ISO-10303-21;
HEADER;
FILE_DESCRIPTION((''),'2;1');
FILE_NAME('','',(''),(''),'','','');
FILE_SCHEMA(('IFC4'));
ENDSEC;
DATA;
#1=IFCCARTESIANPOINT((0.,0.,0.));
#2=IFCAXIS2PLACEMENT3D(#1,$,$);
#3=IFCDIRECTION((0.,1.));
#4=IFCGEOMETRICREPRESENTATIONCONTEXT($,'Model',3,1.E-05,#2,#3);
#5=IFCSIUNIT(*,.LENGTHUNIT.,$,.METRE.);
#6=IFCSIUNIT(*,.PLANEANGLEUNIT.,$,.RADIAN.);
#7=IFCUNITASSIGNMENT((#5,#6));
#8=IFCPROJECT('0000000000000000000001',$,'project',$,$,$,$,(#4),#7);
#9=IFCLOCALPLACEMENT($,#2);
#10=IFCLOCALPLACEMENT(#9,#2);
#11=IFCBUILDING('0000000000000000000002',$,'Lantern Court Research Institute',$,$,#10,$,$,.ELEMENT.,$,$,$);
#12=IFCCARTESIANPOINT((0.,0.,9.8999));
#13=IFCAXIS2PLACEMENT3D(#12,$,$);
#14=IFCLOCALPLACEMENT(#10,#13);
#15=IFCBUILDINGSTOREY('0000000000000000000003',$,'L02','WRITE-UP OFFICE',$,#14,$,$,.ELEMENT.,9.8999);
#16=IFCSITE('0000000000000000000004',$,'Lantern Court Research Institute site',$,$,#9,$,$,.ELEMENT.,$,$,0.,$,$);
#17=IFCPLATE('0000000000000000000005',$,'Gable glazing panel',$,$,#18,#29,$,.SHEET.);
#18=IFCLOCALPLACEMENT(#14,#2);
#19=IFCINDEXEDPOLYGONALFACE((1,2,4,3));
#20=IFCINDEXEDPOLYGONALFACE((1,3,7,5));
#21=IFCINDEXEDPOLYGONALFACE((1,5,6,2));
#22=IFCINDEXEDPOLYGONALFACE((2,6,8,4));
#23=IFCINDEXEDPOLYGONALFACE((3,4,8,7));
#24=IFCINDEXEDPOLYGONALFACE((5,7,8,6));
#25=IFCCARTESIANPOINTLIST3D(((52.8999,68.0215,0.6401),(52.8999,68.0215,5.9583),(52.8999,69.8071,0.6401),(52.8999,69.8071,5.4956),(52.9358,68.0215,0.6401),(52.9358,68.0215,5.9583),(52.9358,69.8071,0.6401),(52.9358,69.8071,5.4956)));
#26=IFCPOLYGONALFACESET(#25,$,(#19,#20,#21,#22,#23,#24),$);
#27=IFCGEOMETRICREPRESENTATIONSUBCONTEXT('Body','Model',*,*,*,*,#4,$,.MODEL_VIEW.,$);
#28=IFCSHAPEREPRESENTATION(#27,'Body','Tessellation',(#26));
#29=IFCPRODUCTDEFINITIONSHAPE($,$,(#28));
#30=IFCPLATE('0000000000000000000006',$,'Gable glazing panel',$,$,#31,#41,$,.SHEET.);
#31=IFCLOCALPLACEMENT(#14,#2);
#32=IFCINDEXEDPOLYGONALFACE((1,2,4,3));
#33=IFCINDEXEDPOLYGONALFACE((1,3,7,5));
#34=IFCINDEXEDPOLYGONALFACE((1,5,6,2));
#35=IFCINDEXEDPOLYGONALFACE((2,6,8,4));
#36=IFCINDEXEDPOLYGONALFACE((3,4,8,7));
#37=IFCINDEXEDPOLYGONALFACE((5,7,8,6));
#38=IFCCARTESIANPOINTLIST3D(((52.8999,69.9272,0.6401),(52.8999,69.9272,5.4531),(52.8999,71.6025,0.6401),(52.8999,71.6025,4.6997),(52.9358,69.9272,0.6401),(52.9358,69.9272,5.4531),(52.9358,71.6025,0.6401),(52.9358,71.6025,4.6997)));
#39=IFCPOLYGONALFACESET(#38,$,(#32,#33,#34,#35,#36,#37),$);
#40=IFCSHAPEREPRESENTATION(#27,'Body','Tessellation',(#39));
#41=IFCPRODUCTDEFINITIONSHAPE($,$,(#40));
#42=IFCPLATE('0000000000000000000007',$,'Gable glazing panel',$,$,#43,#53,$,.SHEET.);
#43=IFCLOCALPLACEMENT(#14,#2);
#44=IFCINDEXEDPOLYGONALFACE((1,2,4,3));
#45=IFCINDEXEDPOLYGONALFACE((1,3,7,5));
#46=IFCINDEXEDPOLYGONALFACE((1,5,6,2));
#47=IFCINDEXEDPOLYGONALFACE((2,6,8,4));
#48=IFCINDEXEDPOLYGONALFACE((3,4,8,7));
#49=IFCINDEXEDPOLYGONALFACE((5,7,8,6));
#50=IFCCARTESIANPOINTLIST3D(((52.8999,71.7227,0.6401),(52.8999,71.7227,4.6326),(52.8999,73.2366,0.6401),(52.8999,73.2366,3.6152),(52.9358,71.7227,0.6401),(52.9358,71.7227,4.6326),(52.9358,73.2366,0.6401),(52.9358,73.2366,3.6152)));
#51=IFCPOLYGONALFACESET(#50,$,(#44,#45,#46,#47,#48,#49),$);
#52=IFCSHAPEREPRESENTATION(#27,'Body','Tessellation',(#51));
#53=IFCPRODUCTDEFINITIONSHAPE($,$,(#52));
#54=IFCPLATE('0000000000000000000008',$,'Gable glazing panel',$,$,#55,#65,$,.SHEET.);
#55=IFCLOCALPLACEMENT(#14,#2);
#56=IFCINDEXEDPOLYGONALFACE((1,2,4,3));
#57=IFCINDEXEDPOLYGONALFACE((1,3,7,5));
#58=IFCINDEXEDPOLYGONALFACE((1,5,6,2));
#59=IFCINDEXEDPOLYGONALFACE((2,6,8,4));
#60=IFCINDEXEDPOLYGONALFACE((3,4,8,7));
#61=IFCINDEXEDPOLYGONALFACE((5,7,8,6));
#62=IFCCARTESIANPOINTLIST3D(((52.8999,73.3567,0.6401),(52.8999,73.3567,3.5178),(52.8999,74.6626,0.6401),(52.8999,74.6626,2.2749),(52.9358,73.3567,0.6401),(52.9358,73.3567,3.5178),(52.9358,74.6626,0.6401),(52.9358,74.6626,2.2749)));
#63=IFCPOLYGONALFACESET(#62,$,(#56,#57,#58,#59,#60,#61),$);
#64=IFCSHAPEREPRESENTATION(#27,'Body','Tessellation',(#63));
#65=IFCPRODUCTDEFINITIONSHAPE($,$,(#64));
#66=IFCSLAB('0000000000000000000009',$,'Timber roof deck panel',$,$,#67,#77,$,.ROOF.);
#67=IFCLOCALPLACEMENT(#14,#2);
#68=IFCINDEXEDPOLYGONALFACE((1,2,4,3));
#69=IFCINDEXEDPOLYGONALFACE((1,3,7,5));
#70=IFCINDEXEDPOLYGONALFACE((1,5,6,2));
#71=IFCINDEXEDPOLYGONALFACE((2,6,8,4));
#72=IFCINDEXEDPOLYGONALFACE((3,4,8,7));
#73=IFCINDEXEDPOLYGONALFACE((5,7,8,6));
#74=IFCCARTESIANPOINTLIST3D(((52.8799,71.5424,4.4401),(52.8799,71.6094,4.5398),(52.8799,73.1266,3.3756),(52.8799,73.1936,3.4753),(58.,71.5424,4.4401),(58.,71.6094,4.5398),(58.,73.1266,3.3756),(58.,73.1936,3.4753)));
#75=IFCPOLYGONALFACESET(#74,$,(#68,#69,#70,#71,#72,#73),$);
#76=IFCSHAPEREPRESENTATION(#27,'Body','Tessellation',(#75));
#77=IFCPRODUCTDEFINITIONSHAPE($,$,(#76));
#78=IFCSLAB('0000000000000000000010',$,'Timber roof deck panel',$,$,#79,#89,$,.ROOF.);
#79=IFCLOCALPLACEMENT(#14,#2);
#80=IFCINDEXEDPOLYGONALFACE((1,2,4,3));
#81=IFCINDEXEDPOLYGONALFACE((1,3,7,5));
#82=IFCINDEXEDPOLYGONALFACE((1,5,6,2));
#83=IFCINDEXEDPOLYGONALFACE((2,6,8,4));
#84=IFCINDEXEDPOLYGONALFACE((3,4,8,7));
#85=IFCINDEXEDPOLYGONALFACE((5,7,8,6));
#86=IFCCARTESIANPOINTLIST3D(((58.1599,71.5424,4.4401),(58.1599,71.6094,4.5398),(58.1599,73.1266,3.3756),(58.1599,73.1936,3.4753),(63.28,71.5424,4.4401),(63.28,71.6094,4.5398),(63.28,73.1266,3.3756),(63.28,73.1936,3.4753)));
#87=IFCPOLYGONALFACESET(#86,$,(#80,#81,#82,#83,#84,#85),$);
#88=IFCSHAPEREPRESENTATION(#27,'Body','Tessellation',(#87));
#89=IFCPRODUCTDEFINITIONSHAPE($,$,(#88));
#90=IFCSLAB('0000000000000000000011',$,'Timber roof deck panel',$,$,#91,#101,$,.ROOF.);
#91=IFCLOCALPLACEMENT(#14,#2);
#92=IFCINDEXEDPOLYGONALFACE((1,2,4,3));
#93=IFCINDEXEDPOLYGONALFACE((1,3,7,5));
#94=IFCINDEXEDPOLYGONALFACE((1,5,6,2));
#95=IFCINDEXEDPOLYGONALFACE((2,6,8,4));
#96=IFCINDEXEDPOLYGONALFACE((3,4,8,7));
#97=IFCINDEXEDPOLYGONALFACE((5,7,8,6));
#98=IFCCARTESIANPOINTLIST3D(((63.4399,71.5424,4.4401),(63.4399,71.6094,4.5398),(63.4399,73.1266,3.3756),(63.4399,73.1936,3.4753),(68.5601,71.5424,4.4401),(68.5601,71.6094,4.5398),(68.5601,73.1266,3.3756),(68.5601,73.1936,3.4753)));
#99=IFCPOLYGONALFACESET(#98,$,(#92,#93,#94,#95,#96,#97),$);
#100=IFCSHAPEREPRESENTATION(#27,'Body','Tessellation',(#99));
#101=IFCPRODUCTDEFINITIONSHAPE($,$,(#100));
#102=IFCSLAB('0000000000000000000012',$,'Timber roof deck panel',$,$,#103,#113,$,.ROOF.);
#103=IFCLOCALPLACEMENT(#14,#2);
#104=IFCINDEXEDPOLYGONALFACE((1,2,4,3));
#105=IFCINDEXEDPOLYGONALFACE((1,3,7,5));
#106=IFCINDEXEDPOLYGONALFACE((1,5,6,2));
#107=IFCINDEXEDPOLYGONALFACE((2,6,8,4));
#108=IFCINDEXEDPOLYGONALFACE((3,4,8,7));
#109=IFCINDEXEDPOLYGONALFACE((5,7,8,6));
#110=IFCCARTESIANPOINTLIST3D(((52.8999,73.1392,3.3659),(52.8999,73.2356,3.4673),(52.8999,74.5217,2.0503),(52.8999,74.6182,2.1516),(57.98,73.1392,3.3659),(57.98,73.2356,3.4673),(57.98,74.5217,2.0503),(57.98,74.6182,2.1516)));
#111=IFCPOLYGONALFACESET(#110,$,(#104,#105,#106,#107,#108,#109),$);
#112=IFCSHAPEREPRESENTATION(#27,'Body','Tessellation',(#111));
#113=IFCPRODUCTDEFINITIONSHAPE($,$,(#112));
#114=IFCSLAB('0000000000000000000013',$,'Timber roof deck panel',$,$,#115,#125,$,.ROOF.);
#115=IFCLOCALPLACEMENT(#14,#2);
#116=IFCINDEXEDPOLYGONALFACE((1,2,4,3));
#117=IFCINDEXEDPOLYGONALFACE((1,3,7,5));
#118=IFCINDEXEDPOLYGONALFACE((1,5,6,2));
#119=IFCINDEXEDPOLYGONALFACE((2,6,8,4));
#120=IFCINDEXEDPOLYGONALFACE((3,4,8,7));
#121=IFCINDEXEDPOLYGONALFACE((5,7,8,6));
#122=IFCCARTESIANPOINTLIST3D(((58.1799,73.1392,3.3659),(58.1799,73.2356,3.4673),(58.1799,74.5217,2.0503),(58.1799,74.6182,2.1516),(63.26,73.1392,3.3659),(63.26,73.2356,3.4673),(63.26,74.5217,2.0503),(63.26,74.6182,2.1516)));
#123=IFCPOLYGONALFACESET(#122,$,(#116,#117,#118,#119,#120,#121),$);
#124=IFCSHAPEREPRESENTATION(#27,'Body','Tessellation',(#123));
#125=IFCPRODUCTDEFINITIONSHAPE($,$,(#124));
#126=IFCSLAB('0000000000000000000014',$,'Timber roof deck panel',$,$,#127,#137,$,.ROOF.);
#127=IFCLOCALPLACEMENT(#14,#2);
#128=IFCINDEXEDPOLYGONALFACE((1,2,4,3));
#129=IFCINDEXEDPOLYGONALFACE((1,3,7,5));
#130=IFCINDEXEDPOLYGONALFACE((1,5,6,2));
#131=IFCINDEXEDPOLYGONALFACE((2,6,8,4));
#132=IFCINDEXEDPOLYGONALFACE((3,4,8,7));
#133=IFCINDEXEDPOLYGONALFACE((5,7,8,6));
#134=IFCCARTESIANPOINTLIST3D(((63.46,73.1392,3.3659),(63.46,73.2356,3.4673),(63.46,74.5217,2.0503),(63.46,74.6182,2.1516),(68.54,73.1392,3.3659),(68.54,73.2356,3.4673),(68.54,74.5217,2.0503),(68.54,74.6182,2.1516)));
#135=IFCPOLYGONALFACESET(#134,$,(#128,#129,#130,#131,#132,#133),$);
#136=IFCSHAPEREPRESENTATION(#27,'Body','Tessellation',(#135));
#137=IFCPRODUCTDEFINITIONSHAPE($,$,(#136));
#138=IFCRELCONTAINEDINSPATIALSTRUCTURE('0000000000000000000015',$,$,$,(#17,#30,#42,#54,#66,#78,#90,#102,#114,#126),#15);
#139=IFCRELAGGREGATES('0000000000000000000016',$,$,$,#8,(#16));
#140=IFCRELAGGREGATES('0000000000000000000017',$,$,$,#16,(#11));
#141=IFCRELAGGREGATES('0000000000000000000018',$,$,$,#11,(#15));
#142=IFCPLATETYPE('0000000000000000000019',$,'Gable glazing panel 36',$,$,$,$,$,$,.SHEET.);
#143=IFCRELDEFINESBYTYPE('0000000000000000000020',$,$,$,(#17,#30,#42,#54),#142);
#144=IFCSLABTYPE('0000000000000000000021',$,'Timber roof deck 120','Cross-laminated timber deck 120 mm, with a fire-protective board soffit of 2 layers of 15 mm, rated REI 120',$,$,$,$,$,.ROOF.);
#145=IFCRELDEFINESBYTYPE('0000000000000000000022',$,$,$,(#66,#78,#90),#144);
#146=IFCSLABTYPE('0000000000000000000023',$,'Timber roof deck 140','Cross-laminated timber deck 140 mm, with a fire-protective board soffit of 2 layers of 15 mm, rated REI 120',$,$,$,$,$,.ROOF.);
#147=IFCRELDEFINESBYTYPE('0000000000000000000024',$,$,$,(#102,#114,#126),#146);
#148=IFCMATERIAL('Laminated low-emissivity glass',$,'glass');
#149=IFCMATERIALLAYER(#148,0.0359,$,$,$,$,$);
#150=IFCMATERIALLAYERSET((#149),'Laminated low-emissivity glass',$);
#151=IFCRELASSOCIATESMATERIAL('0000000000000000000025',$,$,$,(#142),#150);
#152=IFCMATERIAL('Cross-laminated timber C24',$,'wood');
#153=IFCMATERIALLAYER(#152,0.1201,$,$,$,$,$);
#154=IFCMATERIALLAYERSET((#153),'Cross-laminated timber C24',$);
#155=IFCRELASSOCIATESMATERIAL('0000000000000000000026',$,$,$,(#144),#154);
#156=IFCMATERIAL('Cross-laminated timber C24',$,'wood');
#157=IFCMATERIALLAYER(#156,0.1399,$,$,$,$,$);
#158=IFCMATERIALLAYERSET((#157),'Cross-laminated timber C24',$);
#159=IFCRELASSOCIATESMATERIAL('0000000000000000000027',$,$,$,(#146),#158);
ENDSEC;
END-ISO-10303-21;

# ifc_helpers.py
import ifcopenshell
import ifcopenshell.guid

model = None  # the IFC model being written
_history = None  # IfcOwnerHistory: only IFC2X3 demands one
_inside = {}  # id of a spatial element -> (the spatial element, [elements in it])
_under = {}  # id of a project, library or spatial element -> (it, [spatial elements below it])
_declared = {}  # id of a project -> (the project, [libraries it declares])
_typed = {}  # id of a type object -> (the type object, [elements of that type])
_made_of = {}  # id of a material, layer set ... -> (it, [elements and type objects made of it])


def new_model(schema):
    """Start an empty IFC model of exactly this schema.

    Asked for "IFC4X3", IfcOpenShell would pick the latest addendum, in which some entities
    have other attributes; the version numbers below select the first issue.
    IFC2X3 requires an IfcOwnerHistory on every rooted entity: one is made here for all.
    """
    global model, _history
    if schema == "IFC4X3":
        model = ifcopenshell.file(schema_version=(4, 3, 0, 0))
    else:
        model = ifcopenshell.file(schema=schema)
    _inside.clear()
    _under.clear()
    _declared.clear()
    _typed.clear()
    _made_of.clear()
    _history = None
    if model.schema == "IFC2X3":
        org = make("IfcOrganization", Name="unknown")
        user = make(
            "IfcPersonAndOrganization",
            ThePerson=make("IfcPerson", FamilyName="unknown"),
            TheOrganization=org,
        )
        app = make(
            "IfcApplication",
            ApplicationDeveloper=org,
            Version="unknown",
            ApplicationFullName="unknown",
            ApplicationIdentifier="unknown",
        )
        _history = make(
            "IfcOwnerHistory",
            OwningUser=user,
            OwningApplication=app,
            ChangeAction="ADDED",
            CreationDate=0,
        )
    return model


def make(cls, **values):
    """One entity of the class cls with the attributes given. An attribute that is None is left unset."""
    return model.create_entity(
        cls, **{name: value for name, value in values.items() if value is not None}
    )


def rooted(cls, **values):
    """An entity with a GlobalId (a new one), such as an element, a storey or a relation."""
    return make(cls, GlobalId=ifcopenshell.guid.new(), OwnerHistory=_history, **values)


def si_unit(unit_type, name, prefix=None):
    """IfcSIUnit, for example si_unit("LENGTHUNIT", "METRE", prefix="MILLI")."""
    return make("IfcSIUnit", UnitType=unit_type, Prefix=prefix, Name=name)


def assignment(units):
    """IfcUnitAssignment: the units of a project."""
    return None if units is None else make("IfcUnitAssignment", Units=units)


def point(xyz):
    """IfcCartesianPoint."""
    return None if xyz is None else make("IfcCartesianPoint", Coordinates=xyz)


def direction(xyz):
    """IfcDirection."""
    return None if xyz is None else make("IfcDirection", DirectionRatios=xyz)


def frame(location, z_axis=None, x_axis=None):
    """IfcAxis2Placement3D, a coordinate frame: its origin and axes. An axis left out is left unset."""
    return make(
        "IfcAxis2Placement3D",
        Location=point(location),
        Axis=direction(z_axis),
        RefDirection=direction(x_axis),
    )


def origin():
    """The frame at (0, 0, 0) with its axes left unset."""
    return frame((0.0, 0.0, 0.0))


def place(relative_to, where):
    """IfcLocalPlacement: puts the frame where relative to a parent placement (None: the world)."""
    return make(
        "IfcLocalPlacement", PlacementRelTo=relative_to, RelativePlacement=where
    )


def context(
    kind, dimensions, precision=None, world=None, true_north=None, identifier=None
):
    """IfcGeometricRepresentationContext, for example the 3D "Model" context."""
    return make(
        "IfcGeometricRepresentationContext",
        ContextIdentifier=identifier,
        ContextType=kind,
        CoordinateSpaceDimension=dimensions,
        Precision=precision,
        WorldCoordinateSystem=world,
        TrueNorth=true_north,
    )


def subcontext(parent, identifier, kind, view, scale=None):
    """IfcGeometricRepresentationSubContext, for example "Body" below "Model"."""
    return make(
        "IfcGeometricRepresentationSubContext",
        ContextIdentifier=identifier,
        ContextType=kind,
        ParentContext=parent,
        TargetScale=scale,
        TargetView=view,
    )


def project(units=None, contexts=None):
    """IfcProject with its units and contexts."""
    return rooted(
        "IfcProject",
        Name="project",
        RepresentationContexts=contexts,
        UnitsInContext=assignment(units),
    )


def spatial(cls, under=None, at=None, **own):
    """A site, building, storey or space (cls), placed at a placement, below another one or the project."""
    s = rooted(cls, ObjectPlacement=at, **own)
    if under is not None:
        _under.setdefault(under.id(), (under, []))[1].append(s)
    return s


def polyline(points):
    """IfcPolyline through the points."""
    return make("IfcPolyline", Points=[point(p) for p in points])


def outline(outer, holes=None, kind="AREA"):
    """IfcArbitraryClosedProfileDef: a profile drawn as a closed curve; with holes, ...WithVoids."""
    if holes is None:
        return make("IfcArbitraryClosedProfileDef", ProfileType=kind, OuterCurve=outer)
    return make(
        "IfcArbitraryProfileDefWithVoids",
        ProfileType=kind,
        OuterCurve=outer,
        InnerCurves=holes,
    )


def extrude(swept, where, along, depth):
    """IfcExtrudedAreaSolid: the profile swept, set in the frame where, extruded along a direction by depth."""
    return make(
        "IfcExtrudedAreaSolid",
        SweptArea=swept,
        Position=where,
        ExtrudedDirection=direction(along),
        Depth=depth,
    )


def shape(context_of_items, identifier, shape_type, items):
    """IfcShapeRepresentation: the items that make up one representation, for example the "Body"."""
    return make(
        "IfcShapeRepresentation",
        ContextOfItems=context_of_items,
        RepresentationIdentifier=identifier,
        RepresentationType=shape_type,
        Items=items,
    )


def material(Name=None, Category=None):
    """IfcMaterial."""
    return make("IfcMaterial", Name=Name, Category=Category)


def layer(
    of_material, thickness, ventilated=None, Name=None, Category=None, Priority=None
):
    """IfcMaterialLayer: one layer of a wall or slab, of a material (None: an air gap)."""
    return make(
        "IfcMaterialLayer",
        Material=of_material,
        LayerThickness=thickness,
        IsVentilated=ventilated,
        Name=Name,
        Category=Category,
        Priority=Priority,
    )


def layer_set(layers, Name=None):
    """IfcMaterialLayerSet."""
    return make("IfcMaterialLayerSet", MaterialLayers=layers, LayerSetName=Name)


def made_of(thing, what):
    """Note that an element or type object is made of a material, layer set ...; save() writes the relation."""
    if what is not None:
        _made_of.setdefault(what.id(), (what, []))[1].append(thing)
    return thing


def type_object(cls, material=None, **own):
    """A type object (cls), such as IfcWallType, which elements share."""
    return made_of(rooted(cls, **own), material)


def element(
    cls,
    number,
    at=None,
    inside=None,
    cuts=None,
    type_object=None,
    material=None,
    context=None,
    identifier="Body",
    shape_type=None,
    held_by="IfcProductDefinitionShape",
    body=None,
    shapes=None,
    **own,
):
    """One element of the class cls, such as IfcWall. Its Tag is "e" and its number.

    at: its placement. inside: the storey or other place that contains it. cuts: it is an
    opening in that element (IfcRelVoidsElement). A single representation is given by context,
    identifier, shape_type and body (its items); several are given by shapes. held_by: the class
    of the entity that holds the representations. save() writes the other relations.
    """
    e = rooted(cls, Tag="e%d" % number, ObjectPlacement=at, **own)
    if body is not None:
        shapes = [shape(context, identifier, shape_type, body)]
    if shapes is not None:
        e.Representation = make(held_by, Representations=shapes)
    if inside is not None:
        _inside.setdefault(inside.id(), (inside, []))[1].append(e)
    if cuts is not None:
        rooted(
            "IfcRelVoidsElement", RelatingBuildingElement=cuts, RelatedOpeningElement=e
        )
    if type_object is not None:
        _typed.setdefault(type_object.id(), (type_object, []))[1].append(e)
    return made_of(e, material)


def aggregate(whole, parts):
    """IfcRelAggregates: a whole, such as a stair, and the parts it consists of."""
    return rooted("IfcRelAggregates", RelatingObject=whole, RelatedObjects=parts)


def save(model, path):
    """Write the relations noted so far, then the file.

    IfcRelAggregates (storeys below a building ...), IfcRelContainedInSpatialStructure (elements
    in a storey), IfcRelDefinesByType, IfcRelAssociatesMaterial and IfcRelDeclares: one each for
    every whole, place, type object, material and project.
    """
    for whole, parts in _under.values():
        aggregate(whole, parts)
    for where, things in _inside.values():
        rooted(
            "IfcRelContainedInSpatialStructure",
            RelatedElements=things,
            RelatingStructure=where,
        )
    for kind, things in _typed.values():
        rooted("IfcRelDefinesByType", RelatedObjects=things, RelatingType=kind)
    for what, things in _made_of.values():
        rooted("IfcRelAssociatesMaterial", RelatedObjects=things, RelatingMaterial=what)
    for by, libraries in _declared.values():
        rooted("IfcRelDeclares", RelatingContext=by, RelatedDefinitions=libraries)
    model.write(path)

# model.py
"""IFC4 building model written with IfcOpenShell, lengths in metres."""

from ifc_helpers import new_model, si_unit, direction, frame, origin, place, context, subcontext, project, spatial, polyline, outline, extrude, material, layer, layer_set, type_object, element, save


model = new_model("IFC4")

# Units and contexts
model_context = context("Model", 3, precision=1e-05, world=origin(), true_north=direction((0.0, 1.0)))
body_context = subcontext(model_context, "Body", "Model", "MODEL_VIEW")
ifc_project = project(units=[si_unit("LENGTHUNIT", "METRE"), si_unit("PLANEANGLEUNIT", "RADIAN")], contexts=[model_context])

# Site, building, storey
site_placement = place(None, origin())
site = spatial("IfcSite", under=ifc_project, at=site_placement, Name="Lantern Court Research Institute site", CompositionType="ELEMENT", RefElevation=0.0)
building_placement = place(site_placement, origin())
building = spatial("IfcBuilding", under=site, at=building_placement, Name="Lantern Court Research Institute", CompositionType="ELEMENT")
storey_placement = place(building_placement, frame((0.0, 0.0, 9.8999)))
storey = spatial("IfcBuildingStorey", under=building, at=storey_placement, Name="L02", Description="WRITE-UP OFFICE", CompositionType="ELEMENT", Elevation=9.8999)

# Plates
ifc_material_1 = material(Name="Laminated low-emissivity glass", Category="glass")
ifc_layer_1 = layer(ifc_material_1, 0.0359)
ifc_layer_set_1 = layer_set([ifc_layer_1], Name="Laminated low-emissivity glass")
plate_type = type_object("IfcPlateType", Name="Gable glazing panel 36", PredefinedType="SHEET", material=ifc_layer_set_1)
plate_1_placement = place(storey_placement, frame((52.918, 68.0215, 0.6401), z_axis=(0.0, 0.0, 1.0), x_axis=(0.0, 1.0, 0.0)))
element("IfcPlate", 1, at=plate_1_placement, inside=storey, type_object=plate_type, Name="Gable glazing panel", PredefinedType="SHEET", context=body_context, shape_type="SweptSolid", body=[
    extrude(outline(polyline([(0.0, 0.0), (1.7856, 0.0), (1.7856, 4.8555), (0.0, 5.3181), (0.0, 0.0)])), frame((0.0, 0.0181, 0.0), z_axis=(0.0, -1.0, 0.0), x_axis=(1.0, 0.0, 0.0)), (0.0, 0.0, 1.0), 0.0359),
])
plate_2_placement = place(storey_placement, frame((52.918, 69.9272, 0.6401), z_axis=(0.0, 0.0, 1.0), x_axis=(0.0, 1.0, 0.0)))
element("IfcPlate", 2, at=plate_2_placement, inside=storey, type_object=plate_type, Name="Gable glazing panel", PredefinedType="SHEET", context=body_context, shape_type="SweptSolid", body=[
    extrude(outline(polyline([(0.0, 0.0), (1.6753, 0.0), (1.6753, 4.0596), (0.0, 4.813), (0.0, 0.0)])), frame((0.0, 0.0181, 0.0), z_axis=(0.0, -1.0, 0.0), x_axis=(1.0, 0.0, 0.0)), (0.0, 0.0, 1.0), 0.0359),
])
plate_3_placement = place(storey_placement, frame((52.918, 71.7227, 0.6401), z_axis=(0.0, 0.0, 1.0), x_axis=(0.0, 1.0, 0.0)))
element("IfcPlate", 3, at=plate_3_placement, inside=storey, type_object=plate_type, Name="Gable glazing panel", PredefinedType="SHEET", context=body_context, shape_type="SweptSolid", body=[
    extrude(outline(polyline([(0.0, 0.0), (1.5139, 0.0), (1.5139, 2.9751), (0.0, 3.9924), (0.0, 0.0)])), frame((0.0, 0.0181, 0.0), z_axis=(0.0, -1.0, 0.0), x_axis=(1.0, 0.0, 0.0)), (0.0, 0.0, 1.0), 0.0359),
])
plate_4_placement = place(storey_placement, frame((52.918, 73.3567, 0.6401), z_axis=(0.0, 0.0, 1.0), x_axis=(0.0, 1.0, 0.0)))
element("IfcPlate", 4, at=plate_4_placement, inside=storey, type_object=plate_type, Name="Gable glazing panel", PredefinedType="SHEET", context=body_context, shape_type="SweptSolid", body=[
    extrude(outline(polyline([(0.0, 0.0), (1.3059, 0.0), (1.3059, 1.6348), (0.0, 2.8777), (0.0, 0.0)])), frame((0.0, 0.0181, 0.0), z_axis=(0.0, -1.0, 0.0), x_axis=(1.0, 0.0, 0.0)), (0.0, 0.0, 1.0), 0.0359),
])

# Slabs
ifc_material_2 = material(Name="Cross-laminated timber C24", Category="wood")
ifc_layer_2 = layer(ifc_material_2, 0.1201)
ifc_layer_set_2 = layer_set([ifc_layer_2], Name="Cross-laminated timber C24")
slab_type_1 = type_object("IfcSlabType", Name="Timber roof deck 120", Description="Cross-laminated timber deck 120 mm, with a fire-protective board soffit of 2 layers of 15 mm, rated REI 120", PredefinedType="ROOF", material=ifc_layer_set_2)
for number, where, z_axis, x_axis, name in (
    (5, (52.8799, 71.6094, 4.5398), (0.0, 0.557707, 0.830038), (1.0, 0.0, 0.0), "Timber roof deck panel"),
    (6, (58.1599, 71.6094, 4.5398), (0.0, 0.557707, 0.830038), (1.0, 0.0, 0.0), "Timber roof deck panel"),
    (7, (63.4399, 71.6094, 4.5398), (0.0, 0.557707, 0.830038), (1.0, 0.0, 0.0), "Timber roof deck panel"),
):
    element("IfcSlab", number, at=place(storey_placement, frame(where, z_axis=z_axis, x_axis=x_axis)), inside=storey, type_object=slab_type_1, Name=name, PredefinedType="ROOF", context=body_context, shape_type="SweptSolid", body=[
        extrude(outline(polyline([(0.0, 0.0), (5.1201, 0.0), (5.1201, 1.9086), (0.0, 1.9086), (0.0, 0.0)])), origin(), (0.0, 0.0, -1.0), 0.1201),
    ])
ifc_material_3 = material(Name="Cross-laminated timber C24", Category="wood")
ifc_layer_3 = layer(ifc_material_3, 0.1399)
ifc_layer_set_3 = layer_set([ifc_layer_3], Name="Cross-laminated timber C24")
slab_type_2 = type_object("IfcSlabType", Name="Timber roof deck 140", Description="Cross-laminated timber deck 140 mm, with a fire-protective board soffit of 2 layers of 15 mm, rated REI 120", PredefinedType="ROOF", material=ifc_layer_set_3)
for number, where, z_axis, x_axis, name in (
    (8, (52.8999, 73.2356, 3.4673), (0.0, 0.689364, 0.724415), (1.0, 0.0, 0.0), "Timber roof deck panel"),
    (9, (58.1799, 73.2356, 3.4673), (0.0, 0.689364, 0.724415), (1.0, 0.0, 0.0), "Timber roof deck panel"),
    (10, (63.46, 73.2356, 3.4673), (0.0, 0.689364, 0.724415), (1.0, 0.0, 0.0), "Timber roof deck panel"),
):
    element("IfcSlab", number, at=place(storey_placement, frame(where, z_axis=z_axis, x_axis=x_axis)), inside=storey, type_object=slab_type_2, Name=name, PredefinedType="ROOF", context=body_context, shape_type="SweptSolid", body=[
        extrude(outline(polyline([(0.0, 0.0), (5.0801, 0.0), (5.0801, 1.9085), (0.0, 1.9085), (0.0, 0.0)])), origin(), (0.0, 0.0, -1.0), 0.1399),
    ])

save(model, "model.ifc")
